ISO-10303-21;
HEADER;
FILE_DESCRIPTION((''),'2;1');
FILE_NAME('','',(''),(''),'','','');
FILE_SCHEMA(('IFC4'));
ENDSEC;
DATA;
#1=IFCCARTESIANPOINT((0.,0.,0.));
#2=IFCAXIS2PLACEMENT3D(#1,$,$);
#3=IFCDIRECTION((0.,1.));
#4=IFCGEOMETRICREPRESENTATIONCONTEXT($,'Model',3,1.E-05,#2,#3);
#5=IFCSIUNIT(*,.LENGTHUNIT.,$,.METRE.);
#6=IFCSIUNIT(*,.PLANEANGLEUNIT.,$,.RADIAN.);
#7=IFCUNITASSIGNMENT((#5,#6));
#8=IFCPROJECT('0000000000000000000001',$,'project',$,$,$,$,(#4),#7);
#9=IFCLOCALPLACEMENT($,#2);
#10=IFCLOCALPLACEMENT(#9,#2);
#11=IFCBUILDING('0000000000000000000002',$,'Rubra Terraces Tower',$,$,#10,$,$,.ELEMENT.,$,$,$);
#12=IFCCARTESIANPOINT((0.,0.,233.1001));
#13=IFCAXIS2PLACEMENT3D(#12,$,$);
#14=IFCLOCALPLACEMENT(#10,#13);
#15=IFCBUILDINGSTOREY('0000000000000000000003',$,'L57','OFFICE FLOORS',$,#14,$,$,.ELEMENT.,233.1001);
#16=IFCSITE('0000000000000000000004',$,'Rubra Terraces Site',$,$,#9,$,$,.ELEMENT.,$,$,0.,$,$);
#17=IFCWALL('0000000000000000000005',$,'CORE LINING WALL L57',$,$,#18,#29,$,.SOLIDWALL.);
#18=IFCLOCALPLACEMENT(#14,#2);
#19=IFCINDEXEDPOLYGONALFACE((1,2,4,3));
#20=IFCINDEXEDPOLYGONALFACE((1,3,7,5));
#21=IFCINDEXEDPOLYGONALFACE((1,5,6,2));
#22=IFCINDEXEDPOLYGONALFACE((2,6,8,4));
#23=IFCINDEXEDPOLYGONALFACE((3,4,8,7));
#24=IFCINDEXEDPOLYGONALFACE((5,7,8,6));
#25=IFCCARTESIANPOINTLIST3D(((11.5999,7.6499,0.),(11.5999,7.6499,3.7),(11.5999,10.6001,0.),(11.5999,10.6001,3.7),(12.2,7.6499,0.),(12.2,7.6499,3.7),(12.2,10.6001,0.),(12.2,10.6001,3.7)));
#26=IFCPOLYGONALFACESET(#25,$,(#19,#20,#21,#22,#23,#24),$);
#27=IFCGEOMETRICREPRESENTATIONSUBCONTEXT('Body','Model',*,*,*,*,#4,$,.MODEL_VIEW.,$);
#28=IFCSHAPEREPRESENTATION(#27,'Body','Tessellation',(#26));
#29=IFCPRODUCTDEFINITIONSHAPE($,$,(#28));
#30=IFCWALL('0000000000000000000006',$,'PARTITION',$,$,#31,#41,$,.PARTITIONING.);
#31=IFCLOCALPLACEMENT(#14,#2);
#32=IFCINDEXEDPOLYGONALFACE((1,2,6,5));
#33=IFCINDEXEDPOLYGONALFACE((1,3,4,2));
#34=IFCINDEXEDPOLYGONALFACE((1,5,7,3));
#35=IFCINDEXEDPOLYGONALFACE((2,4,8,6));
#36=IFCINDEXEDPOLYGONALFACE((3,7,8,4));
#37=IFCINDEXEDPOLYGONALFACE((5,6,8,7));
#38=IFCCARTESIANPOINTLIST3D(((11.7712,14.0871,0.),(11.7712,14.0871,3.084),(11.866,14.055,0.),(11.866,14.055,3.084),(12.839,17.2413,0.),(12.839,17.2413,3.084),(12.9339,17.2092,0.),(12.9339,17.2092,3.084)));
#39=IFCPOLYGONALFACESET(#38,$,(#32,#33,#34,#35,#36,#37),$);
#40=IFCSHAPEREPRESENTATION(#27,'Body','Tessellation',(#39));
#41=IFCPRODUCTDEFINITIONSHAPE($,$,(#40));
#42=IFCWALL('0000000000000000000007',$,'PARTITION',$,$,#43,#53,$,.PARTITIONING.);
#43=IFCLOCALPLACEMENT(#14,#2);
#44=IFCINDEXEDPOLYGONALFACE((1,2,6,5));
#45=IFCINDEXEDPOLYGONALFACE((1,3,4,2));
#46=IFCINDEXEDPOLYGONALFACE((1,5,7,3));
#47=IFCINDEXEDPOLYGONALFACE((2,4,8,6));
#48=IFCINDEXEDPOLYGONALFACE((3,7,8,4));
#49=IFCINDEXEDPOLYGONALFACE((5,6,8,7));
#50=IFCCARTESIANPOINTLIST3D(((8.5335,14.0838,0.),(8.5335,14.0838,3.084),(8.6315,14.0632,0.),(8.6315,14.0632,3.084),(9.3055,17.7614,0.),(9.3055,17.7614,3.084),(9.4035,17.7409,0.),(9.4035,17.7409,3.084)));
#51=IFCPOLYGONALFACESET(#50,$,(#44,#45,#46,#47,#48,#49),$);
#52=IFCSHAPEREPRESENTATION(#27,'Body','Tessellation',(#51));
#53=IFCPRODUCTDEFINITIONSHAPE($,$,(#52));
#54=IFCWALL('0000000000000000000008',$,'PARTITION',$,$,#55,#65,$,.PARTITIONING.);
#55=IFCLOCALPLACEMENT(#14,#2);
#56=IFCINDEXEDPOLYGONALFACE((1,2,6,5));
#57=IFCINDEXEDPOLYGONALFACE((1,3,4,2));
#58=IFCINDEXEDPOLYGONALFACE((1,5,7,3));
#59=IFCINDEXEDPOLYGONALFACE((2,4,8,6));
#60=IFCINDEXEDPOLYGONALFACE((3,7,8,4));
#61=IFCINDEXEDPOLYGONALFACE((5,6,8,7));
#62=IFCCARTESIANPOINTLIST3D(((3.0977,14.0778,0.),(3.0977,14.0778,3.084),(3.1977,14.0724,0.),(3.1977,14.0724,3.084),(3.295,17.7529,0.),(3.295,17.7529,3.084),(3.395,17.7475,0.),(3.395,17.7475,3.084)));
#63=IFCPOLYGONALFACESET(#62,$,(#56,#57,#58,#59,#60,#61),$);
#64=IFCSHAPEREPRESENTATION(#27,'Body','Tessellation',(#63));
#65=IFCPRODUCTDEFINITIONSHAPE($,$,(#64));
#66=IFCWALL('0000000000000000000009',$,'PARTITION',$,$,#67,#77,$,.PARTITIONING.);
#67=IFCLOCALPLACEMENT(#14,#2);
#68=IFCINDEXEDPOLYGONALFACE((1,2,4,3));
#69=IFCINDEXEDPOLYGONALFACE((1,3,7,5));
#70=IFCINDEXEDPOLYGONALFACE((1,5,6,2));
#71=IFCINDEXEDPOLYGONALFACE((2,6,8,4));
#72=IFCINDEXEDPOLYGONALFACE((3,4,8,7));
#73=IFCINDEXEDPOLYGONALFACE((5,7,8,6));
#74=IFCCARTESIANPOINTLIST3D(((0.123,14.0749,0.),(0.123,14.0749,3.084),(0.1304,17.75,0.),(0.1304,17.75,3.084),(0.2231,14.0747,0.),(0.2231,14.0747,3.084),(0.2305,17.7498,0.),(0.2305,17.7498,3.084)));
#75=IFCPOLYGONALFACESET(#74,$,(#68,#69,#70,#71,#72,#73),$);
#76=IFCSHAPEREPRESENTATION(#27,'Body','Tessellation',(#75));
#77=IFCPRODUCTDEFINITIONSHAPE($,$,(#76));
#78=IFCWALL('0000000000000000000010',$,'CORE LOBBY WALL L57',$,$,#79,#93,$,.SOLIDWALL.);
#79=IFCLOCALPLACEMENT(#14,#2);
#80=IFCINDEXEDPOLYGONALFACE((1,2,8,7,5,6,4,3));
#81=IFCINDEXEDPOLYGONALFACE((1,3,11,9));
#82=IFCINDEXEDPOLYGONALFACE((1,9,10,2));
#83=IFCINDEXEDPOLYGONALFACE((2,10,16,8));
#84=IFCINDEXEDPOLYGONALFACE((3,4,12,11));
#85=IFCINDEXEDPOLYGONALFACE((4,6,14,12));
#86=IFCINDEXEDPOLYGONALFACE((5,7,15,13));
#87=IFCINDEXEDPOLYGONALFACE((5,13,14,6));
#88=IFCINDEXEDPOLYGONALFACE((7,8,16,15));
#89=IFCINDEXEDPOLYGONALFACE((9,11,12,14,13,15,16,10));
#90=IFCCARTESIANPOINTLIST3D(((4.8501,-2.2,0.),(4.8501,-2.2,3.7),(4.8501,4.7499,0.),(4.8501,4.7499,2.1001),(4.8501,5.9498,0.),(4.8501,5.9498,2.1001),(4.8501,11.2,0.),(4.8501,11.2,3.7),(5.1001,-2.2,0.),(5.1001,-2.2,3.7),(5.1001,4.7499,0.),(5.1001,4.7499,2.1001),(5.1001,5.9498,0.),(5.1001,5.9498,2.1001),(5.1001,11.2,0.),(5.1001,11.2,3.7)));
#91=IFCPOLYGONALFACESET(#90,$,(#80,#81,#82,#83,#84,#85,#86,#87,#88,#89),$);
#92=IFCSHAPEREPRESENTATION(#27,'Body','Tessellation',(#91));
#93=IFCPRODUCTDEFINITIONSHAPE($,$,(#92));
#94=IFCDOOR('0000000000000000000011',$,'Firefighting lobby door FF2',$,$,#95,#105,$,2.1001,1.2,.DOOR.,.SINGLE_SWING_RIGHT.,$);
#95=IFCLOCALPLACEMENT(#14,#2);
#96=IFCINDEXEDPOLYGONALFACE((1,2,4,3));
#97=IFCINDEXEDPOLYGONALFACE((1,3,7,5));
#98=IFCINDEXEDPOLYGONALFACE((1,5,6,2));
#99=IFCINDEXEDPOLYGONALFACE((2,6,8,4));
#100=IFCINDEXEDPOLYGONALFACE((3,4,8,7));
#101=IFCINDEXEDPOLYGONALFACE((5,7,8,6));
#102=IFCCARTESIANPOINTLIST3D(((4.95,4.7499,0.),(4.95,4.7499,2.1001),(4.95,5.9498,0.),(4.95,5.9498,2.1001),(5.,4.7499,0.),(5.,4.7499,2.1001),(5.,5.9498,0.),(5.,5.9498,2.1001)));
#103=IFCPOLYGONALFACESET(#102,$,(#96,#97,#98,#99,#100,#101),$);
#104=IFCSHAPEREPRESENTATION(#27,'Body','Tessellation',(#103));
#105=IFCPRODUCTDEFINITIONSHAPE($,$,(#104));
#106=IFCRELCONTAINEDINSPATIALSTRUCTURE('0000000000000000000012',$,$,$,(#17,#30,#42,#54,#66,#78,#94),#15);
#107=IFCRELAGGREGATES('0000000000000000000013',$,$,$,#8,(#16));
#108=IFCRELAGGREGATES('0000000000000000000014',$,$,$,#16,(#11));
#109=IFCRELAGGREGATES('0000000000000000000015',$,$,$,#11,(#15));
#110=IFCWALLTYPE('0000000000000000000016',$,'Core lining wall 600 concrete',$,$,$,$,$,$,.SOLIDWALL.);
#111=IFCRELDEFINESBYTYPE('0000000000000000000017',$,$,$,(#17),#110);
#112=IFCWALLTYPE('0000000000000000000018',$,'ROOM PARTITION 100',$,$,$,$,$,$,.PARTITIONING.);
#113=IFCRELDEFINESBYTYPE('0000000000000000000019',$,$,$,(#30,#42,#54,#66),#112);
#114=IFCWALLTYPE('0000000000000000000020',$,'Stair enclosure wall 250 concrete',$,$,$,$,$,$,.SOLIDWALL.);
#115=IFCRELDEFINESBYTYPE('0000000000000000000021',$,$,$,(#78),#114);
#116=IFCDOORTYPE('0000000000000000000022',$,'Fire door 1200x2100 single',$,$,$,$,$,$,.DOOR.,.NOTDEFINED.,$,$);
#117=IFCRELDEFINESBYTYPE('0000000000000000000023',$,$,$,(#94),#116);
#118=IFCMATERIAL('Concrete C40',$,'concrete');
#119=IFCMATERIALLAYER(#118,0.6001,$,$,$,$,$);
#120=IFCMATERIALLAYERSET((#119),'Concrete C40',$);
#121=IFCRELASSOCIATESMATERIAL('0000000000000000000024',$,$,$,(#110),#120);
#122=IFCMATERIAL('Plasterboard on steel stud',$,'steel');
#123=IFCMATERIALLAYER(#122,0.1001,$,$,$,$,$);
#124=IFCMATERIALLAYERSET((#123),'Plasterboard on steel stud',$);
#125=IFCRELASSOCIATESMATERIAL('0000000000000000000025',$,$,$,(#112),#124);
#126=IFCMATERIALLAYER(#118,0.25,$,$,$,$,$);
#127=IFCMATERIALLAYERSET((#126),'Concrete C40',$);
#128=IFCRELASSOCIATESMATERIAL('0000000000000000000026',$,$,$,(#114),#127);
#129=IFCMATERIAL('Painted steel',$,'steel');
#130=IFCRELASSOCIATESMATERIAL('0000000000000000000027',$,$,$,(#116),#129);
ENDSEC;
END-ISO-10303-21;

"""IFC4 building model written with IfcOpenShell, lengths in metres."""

from ifc_helpers import new_model, si_unit, direction, frame, frame_2d, origin, place, context, subcontext, project, spatial, rectangle, extrude, material, layer, layer_set, type_object, element, fill, save


model = new_model("IFC4")

# Units and contexts
model_context = context("Model", 3, precision=1e-05, world=origin(), true_north=direction((0.0, 1.0)))
body_context = subcontext(model_context, "Body", "Model", "MODEL_VIEW")
ifc_project = project(units=[si_unit("LENGTHUNIT", "METRE"), si_unit("PLANEANGLEUNIT", "RADIAN")], contexts=[model_context])

# Site, building, storey
site_placement = place(None, origin())
site = spatial("IfcSite", under=ifc_project, at=site_placement, Name="Rubra Terraces Site", CompositionType="ELEMENT", RefElevation=0.0)
building_placement = place(site_placement, origin())
building = spatial("IfcBuilding", under=site, at=building_placement, Name="Rubra Terraces Tower", CompositionType="ELEMENT")
storey_placement = place(building_placement, frame((0.0, 0.0, 233.1001)))
storey = spatial("IfcBuildingStorey", under=building, at=storey_placement, Name="L57", Description="OFFICE FLOORS", CompositionType="ELEMENT", Elevation=233.1001)

# Wall
ifc_material_1 = material(Name="Concrete C40", Category="concrete")
ifc_layer_1 = layer(ifc_material_1, 0.6001)
ifc_layer_set_1 = layer_set([ifc_layer_1], Name="Concrete C40")
wall_type_1 = type_object("IfcWallType", Name="Core lining wall 600 concrete", PredefinedType="SOLIDWALL", material=ifc_layer_set_1)
wall_1_placement = place(storey_placement, frame((11.8999, 10.6001, 0.0), z_axis=(0.0, 0.0, 1.0), x_axis=(0.0, -1.0, 0.0)))
element("IfcWall", 1, at=wall_1_placement, inside=storey, type_object=wall_type_1, Name="CORE LINING WALL L57", PredefinedType="SOLIDWALL", context=body_context, shape_type="SweptSolid", body=[
    extrude(rectangle(XDim=2.9502, YDim=0.6001, at=frame_2d((1.4751, 0.0))), origin(), (0.0, 0.0, 1.0), 3.7),
])

# Shared definitions
ifc_material_2 = material(Name="Plasterboard on steel stud", Category="steel")
ifc_layer_2 = layer(ifc_material_2, 0.1001)
ifc_layer_set_2 = layer_set([ifc_layer_2], Name="Plasterboard on steel stud")
wall_type_2 = type_object("IfcWallType", Name="ROOM PARTITION 100", PredefinedType="PARTITIONING", material=ifc_layer_set_2)

# Walls
wall_2_placement = place(storey_placement, frame((11.8186, 14.071, 0.0), z_axis=(0.0, 0.0, 1.0), x_axis=(0.320667, 0.947192, 0.0)))
element("IfcWall", 2, at=wall_2_placement, inside=storey, type_object=wall_type_2, Name="PARTITION", PredefinedType="PARTITIONING", context=body_context, shape_type="SweptSolid", body=[
    extrude(rectangle(XDim=3.3301, YDim=0.1001, at=frame_2d((1.665, 0.0))), origin(), (0.0, 0.0, 1.0), 3.084),
])
wall_3_placement = place(storey_placement, frame((8.5825, 14.0735, 0.0), z_axis=(0.0, 0.0, 1.0), x_axis=(0.205428, 0.978672, 0.0)))
element("IfcWall", 3, at=wall_3_placement, inside=storey, type_object=wall_type_2, Name="PARTITION", PredefinedType="PARTITIONING", context=body_context, shape_type="SweptSolid", body=[
    extrude(rectangle(XDim=3.7578, YDim=0.1001, at=frame_2d((1.8789, 0.0))), origin(), (0.0, 0.0, 1.0), 3.084),
])
wall_4_placement = place(storey_placement, frame((3.1477, 14.075, 0.0), z_axis=(0.0, 0.0, 1.0), x_axis=(0.0536, 0.998562, 0.0)))
element("IfcWall", 4, at=wall_4_placement, inside=storey, type_object=wall_type_2, Name="PARTITION", PredefinedType="PARTITIONING", context=body_context, shape_type="SweptSolid", body=[
    extrude(rectangle(XDim=3.6804, YDim=0.1001, at=frame_2d((1.8403, 0.0))), origin(), (0.0, 0.0, 1.0), 3.084),
])
wall_5_placement = place(storey_placement, frame((0.1731, 14.075, 0.0), z_axis=(0.0, 0.0, 1.0), x_axis=(0.001993, 0.999998, 0.0)))
element("IfcWall", 5, at=wall_5_placement, inside=storey, type_object=wall_type_2, Name="PARTITION", PredefinedType="PARTITIONING", context=body_context, shape_type="SweptSolid", body=[
    extrude(rectangle(XDim=3.675, YDim=0.1001, at=frame_2d((1.8374, 0.0))), origin(), (0.0, 0.0, 1.0), 3.084),
])

# Wall, opening, door
ifc_layer_3 = layer(ifc_material_1, 0.25)
ifc_layer_set_3 = layer_set([ifc_layer_3], Name="Concrete C40")
wall_type_3 = type_object("IfcWallType", Name="Stair enclosure wall 250 concrete", PredefinedType="SOLIDWALL", material=ifc_layer_set_3)
wall_6_placement = place(storey_placement, frame((4.9751, 11.2, 0.0), z_axis=(0.0, 0.0, 1.0), x_axis=(0.0, -1.0, 0.0)))
wall_6 = element("IfcWall", 6, at=wall_6_placement, inside=storey, type_object=wall_type_3, Name="CORE LOBBY WALL L57", PredefinedType="SOLIDWALL", context=body_context, shape_type="SweptSolid", body=[
    extrude(rectangle(XDim=13.3999, YDim=0.25, at=frame_2d((6.7, 0.0))), origin(), (0.0, 0.0, 1.0), 3.7),
])
opening_1_placement = place(wall_6_placement, frame((5.25, 0.0, 0.0)))
opening_1 = element("IfcOpeningElement", 7, at=opening_1_placement, cuts=wall_6, PredefinedType="OPENING", context=body_context, shape_type="SweptSolid", body=[
    extrude(rectangle(XDim=1.2, YDim=2.1001, at=frame_2d((0.6001, 1.05))), frame((0.0, 0.135, 0.0), z_axis=(0.0, -1.0, 0.0), x_axis=(1.0, 0.0, 0.0)), (0.0, 0.0, 1.0), 0.27),
])
ifc_material_3 = material(Name="Painted steel", Category="steel")
door_type_1 = type_object("IfcDoorType", Name="Fire door 1200x2100 single", OperationType="NOTDEFINED", PredefinedType="DOOR", material=ifc_material_3)
door_1_placement = place(opening_1_placement, origin())
door_1 = element("IfcDoor", 8, at=door_1_placement, inside=storey, type_object=door_type_1, Name="Firefighting lobby door FF2", OperationType="SINGLE_SWING_RIGHT", OverallHeight=2.1001, OverallWidth=1.2, PredefinedType="DOOR", context=body_context, shape_type="SweptSolid", body=[
    extrude(rectangle(XDim=1.2, YDim=2.1001, at=frame_2d((0.6001, 1.05))), frame((0.0, 0.0249, 0.0), z_axis=(0.0, -1.0, 0.0), x_axis=(1.0, 0.0, 0.0)), (0.0, 0.0, 1.0), 0.05),
])
fill(opening_1, door_1)

save(model, "model.ifc")
